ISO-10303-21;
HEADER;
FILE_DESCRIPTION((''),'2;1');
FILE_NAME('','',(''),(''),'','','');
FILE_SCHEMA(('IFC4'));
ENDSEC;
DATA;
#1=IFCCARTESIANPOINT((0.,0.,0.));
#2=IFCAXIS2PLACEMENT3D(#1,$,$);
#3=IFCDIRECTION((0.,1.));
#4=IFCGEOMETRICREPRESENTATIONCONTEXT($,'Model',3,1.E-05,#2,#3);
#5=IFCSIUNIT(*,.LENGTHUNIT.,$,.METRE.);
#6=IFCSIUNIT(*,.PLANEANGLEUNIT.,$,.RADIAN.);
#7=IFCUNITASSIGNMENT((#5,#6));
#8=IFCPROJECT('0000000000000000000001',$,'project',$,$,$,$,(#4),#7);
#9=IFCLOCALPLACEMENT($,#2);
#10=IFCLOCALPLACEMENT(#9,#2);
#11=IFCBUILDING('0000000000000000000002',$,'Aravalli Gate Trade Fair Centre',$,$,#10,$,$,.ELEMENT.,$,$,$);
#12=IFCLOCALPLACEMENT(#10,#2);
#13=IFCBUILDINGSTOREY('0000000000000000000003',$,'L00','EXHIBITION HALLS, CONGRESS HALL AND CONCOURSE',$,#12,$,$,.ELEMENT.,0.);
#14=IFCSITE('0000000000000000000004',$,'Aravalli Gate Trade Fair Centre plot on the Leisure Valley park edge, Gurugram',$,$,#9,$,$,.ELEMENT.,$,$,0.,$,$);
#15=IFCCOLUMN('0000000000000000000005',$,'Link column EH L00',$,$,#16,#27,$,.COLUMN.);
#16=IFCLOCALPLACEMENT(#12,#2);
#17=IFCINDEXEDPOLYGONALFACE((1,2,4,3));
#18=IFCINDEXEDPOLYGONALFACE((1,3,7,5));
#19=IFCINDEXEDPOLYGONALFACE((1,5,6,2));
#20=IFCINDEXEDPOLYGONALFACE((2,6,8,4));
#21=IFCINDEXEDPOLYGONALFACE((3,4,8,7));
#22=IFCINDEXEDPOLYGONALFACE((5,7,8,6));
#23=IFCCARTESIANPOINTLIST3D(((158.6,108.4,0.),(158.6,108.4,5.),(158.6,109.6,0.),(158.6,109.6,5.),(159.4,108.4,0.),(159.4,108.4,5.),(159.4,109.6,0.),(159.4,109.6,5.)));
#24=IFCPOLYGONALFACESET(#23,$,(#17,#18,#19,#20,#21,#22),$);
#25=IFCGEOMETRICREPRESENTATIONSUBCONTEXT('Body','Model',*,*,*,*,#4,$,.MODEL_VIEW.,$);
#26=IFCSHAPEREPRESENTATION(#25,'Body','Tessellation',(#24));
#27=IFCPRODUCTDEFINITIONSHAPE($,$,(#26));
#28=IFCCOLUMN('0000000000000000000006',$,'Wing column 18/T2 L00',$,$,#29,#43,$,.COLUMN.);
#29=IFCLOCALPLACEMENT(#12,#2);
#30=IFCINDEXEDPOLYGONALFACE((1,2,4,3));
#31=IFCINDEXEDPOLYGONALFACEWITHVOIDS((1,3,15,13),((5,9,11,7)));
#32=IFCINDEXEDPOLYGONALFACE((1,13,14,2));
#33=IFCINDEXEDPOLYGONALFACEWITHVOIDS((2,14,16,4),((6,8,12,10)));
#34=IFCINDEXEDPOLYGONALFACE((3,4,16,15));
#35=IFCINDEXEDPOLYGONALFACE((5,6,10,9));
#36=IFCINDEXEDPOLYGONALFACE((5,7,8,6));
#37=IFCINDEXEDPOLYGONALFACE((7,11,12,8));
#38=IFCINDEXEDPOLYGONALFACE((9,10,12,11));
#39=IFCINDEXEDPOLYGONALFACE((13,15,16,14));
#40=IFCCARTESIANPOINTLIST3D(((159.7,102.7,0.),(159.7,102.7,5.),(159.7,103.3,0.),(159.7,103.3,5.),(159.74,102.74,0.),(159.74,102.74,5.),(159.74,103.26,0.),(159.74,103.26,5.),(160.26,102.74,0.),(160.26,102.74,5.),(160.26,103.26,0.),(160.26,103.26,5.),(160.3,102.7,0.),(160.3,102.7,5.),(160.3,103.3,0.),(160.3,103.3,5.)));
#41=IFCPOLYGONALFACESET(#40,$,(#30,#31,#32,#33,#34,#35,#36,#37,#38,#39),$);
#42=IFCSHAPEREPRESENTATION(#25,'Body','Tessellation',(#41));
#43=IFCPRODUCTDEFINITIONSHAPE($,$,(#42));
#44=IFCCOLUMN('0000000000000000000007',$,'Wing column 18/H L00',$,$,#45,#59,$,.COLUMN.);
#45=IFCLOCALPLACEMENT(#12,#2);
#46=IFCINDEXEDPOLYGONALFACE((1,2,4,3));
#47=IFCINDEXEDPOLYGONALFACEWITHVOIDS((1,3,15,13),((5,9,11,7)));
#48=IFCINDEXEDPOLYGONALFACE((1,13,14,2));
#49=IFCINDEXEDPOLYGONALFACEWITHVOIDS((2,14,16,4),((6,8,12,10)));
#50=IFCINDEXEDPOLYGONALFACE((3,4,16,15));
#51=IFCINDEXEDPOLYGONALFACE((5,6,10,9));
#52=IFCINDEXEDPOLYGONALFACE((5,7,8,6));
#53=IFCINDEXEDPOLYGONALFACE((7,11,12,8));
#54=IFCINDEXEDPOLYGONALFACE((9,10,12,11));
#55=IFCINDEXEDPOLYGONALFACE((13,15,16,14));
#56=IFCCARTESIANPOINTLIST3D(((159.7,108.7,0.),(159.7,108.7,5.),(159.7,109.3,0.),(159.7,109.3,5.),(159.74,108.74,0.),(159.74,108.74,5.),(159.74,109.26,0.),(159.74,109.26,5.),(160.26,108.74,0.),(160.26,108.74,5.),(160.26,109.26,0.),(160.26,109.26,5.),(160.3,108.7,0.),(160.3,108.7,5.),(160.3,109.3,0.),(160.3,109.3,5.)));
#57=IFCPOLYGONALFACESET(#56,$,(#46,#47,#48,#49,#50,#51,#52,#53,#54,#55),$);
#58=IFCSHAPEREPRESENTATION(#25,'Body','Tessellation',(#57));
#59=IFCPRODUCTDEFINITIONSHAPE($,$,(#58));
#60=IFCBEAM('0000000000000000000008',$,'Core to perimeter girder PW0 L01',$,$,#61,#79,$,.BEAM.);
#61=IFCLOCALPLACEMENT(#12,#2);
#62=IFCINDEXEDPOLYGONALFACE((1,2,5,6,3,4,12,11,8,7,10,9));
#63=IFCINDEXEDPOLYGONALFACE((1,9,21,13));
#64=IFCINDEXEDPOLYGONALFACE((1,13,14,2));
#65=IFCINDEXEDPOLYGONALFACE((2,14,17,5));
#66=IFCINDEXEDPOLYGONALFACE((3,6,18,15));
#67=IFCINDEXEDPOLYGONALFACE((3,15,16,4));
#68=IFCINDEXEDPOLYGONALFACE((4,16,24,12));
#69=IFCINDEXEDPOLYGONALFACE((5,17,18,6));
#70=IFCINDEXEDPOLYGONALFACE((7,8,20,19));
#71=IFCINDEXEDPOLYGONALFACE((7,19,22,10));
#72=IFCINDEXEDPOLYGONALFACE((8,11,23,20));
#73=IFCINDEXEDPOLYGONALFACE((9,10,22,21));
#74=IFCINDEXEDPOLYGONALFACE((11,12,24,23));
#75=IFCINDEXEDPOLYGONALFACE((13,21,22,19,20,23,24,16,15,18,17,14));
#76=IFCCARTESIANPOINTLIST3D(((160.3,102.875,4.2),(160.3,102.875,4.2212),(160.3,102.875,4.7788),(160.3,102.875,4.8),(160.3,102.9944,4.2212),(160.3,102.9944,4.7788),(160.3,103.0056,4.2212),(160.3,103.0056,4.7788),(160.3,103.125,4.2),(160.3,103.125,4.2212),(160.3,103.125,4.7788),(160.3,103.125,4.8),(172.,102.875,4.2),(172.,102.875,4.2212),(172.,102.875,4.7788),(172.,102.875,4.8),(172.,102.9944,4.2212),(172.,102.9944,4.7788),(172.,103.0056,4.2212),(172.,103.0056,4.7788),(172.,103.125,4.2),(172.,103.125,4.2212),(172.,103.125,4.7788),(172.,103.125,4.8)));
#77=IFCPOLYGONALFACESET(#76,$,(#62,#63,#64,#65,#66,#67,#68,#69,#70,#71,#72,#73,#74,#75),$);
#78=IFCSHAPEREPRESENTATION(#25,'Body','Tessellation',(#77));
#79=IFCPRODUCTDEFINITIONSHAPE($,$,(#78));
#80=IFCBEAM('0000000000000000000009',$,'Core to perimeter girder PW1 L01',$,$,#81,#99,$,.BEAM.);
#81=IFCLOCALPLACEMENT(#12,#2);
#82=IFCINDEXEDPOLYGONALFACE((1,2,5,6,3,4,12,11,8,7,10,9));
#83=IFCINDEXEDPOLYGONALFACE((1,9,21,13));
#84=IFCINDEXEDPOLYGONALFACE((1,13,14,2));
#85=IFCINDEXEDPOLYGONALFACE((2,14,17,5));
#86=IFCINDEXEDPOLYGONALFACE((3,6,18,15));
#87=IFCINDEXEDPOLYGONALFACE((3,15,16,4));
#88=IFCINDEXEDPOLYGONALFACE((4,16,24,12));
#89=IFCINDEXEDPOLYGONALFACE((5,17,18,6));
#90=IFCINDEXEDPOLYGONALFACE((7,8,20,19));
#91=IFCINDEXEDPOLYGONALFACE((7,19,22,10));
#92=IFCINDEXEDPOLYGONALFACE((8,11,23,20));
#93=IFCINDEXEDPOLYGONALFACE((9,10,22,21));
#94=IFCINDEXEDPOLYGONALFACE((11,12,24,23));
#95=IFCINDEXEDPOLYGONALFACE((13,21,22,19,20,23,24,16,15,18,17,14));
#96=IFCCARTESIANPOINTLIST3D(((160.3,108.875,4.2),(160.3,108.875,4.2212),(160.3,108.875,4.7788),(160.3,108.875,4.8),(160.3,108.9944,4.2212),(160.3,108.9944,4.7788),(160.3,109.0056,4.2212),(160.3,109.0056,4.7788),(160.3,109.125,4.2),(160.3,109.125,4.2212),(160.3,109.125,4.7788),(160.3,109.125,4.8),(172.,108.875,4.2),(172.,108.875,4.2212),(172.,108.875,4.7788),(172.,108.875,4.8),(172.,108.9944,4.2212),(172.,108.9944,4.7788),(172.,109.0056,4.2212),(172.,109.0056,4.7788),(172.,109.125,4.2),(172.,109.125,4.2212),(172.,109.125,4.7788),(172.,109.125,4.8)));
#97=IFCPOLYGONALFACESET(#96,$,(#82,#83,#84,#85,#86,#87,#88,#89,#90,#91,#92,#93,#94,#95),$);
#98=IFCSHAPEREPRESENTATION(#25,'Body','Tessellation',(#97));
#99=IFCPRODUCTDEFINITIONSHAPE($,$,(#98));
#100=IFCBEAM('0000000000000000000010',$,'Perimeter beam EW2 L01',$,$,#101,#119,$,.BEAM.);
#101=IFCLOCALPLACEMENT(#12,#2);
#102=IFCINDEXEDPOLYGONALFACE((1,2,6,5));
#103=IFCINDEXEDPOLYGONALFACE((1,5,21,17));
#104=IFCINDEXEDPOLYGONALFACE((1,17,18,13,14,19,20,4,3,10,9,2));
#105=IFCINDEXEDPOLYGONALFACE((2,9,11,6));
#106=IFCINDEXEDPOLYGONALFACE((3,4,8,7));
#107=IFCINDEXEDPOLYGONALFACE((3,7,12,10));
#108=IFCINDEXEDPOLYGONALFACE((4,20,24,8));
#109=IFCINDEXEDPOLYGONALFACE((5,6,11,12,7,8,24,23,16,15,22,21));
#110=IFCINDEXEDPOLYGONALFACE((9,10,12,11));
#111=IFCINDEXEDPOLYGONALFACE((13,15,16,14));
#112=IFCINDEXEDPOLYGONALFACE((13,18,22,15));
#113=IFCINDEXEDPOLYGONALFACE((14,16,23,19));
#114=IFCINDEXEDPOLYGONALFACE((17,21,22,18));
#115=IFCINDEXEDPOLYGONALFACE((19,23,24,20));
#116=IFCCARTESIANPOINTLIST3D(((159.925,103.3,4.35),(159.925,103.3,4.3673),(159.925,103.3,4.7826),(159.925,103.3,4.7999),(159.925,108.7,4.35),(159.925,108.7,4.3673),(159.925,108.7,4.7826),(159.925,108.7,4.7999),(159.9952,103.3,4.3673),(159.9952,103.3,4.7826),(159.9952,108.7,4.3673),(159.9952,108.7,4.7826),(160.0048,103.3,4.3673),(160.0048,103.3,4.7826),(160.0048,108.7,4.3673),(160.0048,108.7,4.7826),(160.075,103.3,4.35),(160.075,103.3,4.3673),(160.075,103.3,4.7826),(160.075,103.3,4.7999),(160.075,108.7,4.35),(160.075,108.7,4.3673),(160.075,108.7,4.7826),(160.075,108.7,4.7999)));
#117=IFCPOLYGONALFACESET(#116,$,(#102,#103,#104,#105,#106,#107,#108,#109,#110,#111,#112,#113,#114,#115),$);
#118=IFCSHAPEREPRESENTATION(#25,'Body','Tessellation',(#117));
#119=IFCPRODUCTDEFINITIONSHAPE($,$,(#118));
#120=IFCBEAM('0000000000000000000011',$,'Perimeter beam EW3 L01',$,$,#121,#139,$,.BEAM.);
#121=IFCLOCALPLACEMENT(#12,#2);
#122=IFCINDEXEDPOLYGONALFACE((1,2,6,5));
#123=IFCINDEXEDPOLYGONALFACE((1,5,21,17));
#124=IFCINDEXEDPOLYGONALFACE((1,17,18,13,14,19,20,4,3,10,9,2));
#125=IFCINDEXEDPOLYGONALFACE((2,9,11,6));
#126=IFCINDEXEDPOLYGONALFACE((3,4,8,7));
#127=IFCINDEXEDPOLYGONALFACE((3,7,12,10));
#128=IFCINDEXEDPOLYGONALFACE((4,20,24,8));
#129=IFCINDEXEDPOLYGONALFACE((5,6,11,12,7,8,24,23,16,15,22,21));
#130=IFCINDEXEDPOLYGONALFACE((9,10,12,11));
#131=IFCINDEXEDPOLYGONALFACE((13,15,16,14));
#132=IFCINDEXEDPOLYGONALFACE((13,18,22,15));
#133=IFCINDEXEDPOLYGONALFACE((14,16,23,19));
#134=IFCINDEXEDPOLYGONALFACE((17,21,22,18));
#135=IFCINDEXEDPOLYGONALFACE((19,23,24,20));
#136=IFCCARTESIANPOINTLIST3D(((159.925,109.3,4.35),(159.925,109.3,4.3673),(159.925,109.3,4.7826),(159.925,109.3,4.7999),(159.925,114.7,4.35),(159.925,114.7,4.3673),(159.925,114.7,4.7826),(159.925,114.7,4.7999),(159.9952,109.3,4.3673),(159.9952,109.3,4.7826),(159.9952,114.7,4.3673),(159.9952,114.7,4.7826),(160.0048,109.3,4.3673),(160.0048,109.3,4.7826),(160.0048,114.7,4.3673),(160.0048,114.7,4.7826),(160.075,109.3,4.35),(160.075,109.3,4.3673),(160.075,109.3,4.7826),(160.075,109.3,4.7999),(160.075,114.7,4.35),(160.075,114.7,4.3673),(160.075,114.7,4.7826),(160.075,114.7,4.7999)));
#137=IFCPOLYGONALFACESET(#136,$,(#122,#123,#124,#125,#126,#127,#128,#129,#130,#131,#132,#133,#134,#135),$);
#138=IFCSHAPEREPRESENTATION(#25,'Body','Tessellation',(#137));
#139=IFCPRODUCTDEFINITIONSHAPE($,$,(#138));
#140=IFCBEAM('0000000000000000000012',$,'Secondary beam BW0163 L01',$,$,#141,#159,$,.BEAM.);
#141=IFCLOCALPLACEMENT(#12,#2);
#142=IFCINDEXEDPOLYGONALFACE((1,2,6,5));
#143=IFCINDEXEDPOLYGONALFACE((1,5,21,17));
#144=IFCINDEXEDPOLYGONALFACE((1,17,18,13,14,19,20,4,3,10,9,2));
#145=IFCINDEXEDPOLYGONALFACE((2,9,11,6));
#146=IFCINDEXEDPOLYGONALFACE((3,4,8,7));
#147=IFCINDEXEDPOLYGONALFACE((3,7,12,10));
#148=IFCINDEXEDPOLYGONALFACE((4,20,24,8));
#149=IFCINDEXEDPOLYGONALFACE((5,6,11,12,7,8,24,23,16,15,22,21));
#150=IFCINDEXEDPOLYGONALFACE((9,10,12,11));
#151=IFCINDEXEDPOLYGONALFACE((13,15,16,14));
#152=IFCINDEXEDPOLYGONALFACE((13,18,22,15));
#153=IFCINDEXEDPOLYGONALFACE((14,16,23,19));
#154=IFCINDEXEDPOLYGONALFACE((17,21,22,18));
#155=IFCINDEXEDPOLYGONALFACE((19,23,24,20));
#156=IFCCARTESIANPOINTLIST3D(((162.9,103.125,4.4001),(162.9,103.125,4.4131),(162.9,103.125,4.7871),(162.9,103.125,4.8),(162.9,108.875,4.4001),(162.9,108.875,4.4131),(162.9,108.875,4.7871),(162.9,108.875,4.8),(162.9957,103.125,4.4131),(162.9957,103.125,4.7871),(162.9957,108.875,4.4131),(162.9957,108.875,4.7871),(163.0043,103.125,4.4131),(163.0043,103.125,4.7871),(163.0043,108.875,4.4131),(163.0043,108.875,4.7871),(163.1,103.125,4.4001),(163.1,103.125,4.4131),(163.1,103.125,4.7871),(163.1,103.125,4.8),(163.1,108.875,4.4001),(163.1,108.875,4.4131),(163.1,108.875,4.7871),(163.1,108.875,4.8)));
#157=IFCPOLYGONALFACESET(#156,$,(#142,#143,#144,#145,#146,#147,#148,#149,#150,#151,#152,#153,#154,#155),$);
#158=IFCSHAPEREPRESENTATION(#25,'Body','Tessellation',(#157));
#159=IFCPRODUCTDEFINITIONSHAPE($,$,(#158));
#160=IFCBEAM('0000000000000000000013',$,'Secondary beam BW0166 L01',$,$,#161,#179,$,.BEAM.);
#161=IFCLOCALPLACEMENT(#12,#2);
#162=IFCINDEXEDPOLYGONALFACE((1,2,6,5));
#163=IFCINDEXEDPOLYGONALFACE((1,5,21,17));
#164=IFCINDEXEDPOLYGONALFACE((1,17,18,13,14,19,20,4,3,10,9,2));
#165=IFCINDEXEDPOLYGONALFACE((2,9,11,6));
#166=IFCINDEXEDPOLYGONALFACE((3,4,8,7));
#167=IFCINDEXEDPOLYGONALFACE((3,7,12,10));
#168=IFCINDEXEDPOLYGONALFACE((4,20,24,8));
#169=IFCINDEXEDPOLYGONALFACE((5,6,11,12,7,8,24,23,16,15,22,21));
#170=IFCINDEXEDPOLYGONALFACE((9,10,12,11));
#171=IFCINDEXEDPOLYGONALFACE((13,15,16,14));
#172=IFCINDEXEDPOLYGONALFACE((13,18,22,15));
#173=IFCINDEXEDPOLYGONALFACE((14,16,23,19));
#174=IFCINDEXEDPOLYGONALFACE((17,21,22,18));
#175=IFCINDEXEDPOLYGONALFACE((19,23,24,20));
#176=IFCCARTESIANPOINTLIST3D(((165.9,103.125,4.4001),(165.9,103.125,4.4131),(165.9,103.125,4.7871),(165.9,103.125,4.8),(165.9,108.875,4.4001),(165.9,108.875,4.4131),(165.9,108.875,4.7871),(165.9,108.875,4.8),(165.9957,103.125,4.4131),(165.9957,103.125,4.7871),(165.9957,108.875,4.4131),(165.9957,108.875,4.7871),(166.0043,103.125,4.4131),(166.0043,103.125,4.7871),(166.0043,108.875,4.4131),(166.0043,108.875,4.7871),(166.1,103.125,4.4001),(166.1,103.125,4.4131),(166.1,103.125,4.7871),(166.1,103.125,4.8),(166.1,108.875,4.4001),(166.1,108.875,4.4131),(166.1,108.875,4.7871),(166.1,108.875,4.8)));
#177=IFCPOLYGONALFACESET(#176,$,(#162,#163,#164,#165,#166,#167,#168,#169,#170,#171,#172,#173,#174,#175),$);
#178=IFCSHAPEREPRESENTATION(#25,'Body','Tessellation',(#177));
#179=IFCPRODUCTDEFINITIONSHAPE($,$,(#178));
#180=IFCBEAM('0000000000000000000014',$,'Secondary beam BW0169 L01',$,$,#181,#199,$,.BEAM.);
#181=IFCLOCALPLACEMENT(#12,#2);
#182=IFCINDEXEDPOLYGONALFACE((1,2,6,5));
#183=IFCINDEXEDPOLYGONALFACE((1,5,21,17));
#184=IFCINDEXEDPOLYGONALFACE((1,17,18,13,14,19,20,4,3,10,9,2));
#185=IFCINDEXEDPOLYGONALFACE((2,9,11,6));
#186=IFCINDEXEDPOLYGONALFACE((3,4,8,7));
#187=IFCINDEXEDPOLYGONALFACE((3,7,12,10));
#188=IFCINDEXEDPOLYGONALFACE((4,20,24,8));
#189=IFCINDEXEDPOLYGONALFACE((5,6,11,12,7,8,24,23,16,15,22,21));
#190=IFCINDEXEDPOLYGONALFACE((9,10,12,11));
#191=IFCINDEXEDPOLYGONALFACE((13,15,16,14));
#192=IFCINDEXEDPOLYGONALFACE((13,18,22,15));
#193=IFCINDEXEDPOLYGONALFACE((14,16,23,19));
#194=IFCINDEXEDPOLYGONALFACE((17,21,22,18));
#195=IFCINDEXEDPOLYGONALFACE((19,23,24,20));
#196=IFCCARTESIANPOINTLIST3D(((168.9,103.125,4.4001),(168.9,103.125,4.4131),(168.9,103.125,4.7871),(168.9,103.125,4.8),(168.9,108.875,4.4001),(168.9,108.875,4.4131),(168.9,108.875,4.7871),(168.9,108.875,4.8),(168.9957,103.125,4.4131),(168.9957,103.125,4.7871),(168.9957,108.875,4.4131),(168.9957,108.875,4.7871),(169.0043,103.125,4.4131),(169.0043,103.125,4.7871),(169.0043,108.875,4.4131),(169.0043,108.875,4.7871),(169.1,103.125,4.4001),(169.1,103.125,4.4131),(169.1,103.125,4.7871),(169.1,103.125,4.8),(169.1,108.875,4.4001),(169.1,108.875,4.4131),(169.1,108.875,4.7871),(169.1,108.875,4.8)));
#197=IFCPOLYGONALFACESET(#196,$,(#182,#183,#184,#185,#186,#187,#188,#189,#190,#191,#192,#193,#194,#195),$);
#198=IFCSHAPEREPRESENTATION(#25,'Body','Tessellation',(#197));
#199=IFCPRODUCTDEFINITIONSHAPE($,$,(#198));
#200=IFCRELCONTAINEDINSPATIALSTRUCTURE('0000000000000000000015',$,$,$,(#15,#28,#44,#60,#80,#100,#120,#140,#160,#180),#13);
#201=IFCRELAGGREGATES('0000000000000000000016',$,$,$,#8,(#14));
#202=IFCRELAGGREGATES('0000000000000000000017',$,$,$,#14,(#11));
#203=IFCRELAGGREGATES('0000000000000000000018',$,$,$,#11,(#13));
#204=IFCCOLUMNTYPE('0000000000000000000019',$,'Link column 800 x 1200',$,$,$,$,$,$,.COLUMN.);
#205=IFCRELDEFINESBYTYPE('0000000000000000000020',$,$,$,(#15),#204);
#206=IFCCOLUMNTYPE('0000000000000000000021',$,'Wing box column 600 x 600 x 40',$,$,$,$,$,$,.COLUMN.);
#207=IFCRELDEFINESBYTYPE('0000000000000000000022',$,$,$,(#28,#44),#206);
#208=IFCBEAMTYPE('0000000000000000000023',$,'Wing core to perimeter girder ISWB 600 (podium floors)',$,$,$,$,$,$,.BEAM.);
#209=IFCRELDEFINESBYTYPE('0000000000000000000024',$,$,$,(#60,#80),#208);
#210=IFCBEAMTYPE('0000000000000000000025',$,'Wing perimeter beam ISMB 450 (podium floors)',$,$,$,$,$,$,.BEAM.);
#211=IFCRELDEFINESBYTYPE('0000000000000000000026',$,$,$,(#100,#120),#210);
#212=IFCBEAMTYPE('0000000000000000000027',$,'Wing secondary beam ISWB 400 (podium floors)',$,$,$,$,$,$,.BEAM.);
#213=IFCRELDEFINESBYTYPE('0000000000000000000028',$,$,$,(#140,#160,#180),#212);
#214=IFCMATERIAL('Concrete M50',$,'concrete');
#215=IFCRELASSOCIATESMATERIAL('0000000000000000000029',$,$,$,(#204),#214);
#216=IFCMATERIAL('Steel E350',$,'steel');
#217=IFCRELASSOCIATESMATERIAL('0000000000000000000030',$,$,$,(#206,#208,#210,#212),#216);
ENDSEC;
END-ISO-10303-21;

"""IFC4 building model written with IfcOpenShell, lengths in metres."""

from ifc_helpers import new_model, si_unit, direction, frame, origin, origin_2d, place, context, subcontext, project, spatial, rectangle, hollow_rectangle, i_section, extrude, material, material_profile, profile_set, type_object, element, save


model = new_model("IFC4")

# Units and contexts
model_context = context("Model", 3, precision=1e-05, world=origin(), true_north=direction((0.0, 1.0)))
body_context = subcontext(model_context, "Body", "Model", "MODEL_VIEW")
ifc_project = project(units=[si_unit("LENGTHUNIT", "METRE"), si_unit("PLANEANGLEUNIT", "RADIAN")], contexts=[model_context])

# Site, building, storey
site_placement = place(None, origin())
site = spatial("IfcSite", under=ifc_project, at=site_placement, Name="Aravalli Gate Trade Fair Centre plot on the Leisure Valley park edge, Gurugram", CompositionType="ELEMENT", RefElevation=0.0)
building_placement = place(site_placement, origin())
building = spatial("IfcBuilding", under=site, at=building_placement, Name="Aravalli Gate Trade Fair Centre", CompositionType="ELEMENT")
storey_placement = place(building_placement, origin())
storey = spatial("IfcBuildingStorey", under=building, at=storey_placement, Name="L00", Description="EXHIBITION HALLS, CONGRESS HALL AND CONCOURSE", CompositionType="ELEMENT", Elevation=0.0)

# Columns
ifc_material_1 = material(Name="Concrete M50", Category="concrete")
ifc_material_profile_1 = material_profile(ifc_material_1, rectangle(XDim=0.8, YDim=1.2, at=origin_2d()), Name="Link column 800 x 1200")
ifc_profile_set_1 = profile_set([ifc_material_profile_1], Name="Concrete M50")
column_type_1 = type_object("IfcColumnType", Name="Link column 800 x 1200", PredefinedType="COLUMN", material=ifc_profile_set_1)
column_placement = place(storey_placement, frame((159.0, 109.0, 0.0), z_axis=(0.0, 0.0, 1.0), x_axis=(1.0, 0.0, 0.0)))
element("IfcColumn", 1, at=column_placement, inside=storey, type_object=column_type_1, Name="Link column EH L00", PredefinedType="COLUMN", context=body_context, shape_type="SweptSolid", body=[
    extrude(rectangle(XDim=0.8, YDim=1.2, at=origin_2d()), origin(), (0.0, 0.0, 1.0), 5.0),
])
ifc_material_2 = material(Name="Steel E350", Category="steel")
ifc_material_profile_2 = material_profile(ifc_material_2, hollow_rectangle(XDim=0.6001, YDim=0.6001, WallThickness=0.04, at=origin_2d()), Name="BOX 600x600x40")
ifc_profile_set_2 = profile_set([ifc_material_profile_2], Name="Steel E350")
column_type_2 = type_object("IfcColumnType", Name="Wing box column 600 x 600 x 40", PredefinedType="COLUMN", material=ifc_profile_set_2)
for number, where, z_axis, x_axis, name in (
    (2, (160.0, 103.0, 0.0), (0.0, 0.0, 1.0), (1.0, 0.0, 0.0), "Wing column 18/T2 L00"),
    (3, (160.0, 109.0, 0.0), (0.0, 0.0, 1.0), (1.0, 0.0, 0.0), "Wing column 18/H L00"),
):
    element("IfcColumn", number, at=place(storey_placement, frame(where, z_axis=z_axis, x_axis=x_axis)), inside=storey, type_object=column_type_2, Name=name, PredefinedType="COLUMN", context=body_context, shape_type="SweptSolid", body=[
        extrude(hollow_rectangle(XDim=0.6001, YDim=0.6001, WallThickness=0.04, at=origin_2d()), origin(), (0.0, 0.0, 1.0), 5.0),
    ])

# Beams
ifc_material_profile_3 = material_profile(ifc_material_2, i_section(OverallWidth=0.25, OverallDepth=0.6001, WebThickness=0.0112, FlangeThickness=0.0212, at=origin_2d()), Name="ISWB 600")
ifc_profile_set_3 = profile_set([ifc_material_profile_3], Name="Steel E350")
beam_type_1 = type_object("IfcBeamType", Name="Wing core to perimeter girder ISWB 600 (podium floors)", PredefinedType="BEAM", material=ifc_profile_set_3)
for number, where, z_axis, x_axis, name in (
    (4, (160.3, 103.0, 4.5), (1.0, 0.0, 0.0), (0.0, 1.0, 0.0), "Core to perimeter girder PW0 L01"),
    (5, (160.3, 109.0, 4.5), (1.0, 0.0, 0.0), (0.0, 1.0, 0.0), "Core to perimeter girder PW1 L01"),
):
    element("IfcBeam", number, at=place(storey_placement, frame(where, z_axis=z_axis, x_axis=x_axis)), inside=storey, type_object=beam_type_1, Name=name, PredefinedType="BEAM", context=body_context, shape_type="SweptSolid", body=[
        extrude(i_section(OverallWidth=0.25, OverallDepth=0.6001, WebThickness=0.0112, FlangeThickness=0.0212, at=origin_2d()), origin(), (0.0, 0.0, 1.0), 11.7),
    ])
ifc_material_profile_4 = material_profile(ifc_material_2, i_section(OverallWidth=0.1499, OverallDepth=0.45, WebThickness=0.0095, FlangeThickness=0.0173, at=origin_2d()), Name="ISMB 450")
ifc_profile_set_4 = profile_set([ifc_material_profile_4], Name="Steel E350")
beam_type_2 = type_object("IfcBeamType", Name="Wing perimeter beam ISMB 450 (podium floors)", PredefinedType="BEAM", material=ifc_profile_set_4)
for number, where, z_axis, x_axis, name in (
    (6, (160.0, 103.3, 4.575), (0.0, 1.0, 0.0), (-1.0, 0.0, 0.0), "Perimeter beam EW2 L01"),
    (7, (160.0, 109.3, 4.575), (0.0, 1.0, 0.0), (-1.0, 0.0, 0.0), "Perimeter beam EW3 L01"),
):
    element("IfcBeam", number, at=place(storey_placement, frame(where, z_axis=z_axis, x_axis=x_axis)), inside=storey, type_object=beam_type_2, Name=name, PredefinedType="BEAM", context=body_context, shape_type="SweptSolid", body=[
        extrude(i_section(OverallWidth=0.1499, OverallDepth=0.45, WebThickness=0.0095, FlangeThickness=0.0173, at=origin_2d()), origin(), (0.0, 0.0, 1.0), 5.3999),
    ])
ifc_material_profile_5 = material_profile(ifc_material_2, i_section(OverallWidth=0.2, OverallDepth=0.3999, WebThickness=0.0085, FlangeThickness=0.0129, at=origin_2d()), Name="ISWB 400")
ifc_profile_set_5 = profile_set([ifc_material_profile_5], Name="Steel E350")
beam_type_3 = type_object("IfcBeamType", Name="Wing secondary beam ISWB 400 (podium floors)", PredefinedType="BEAM", material=ifc_profile_set_5)
for number, where, z_axis, x_axis, name in (
    (8, (163.0, 103.125, 4.6001), (0.0, 1.0, 0.0), (-1.0, 0.0, 0.0), "Secondary beam BW0163 L01"),
    (9, (166.0, 103.125, 4.6001), (0.0, 1.0, 0.0), (-1.0, 0.0, 0.0), "Secondary beam BW0166 L01"),
    (10, (169.0, 103.125, 4.6001), (0.0, 1.0, 0.0), (-1.0, 0.0, 0.0), "Secondary beam BW0169 L01"),
):
    element("IfcBeam", number, at=place(storey_placement, frame(where, z_axis=z_axis, x_axis=x_axis)), inside=storey, type_object=beam_type_3, Name=name, PredefinedType="BEAM", context=body_context, shape_type="SweptSolid", body=[
        extrude(i_section(OverallWidth=0.2, OverallDepth=0.3999, WebThickness=0.0085, FlangeThickness=0.0129, at=origin_2d()), origin(), (0.0, 0.0, 1.0), 5.75),
    ])

save(model, "model.ifc")
